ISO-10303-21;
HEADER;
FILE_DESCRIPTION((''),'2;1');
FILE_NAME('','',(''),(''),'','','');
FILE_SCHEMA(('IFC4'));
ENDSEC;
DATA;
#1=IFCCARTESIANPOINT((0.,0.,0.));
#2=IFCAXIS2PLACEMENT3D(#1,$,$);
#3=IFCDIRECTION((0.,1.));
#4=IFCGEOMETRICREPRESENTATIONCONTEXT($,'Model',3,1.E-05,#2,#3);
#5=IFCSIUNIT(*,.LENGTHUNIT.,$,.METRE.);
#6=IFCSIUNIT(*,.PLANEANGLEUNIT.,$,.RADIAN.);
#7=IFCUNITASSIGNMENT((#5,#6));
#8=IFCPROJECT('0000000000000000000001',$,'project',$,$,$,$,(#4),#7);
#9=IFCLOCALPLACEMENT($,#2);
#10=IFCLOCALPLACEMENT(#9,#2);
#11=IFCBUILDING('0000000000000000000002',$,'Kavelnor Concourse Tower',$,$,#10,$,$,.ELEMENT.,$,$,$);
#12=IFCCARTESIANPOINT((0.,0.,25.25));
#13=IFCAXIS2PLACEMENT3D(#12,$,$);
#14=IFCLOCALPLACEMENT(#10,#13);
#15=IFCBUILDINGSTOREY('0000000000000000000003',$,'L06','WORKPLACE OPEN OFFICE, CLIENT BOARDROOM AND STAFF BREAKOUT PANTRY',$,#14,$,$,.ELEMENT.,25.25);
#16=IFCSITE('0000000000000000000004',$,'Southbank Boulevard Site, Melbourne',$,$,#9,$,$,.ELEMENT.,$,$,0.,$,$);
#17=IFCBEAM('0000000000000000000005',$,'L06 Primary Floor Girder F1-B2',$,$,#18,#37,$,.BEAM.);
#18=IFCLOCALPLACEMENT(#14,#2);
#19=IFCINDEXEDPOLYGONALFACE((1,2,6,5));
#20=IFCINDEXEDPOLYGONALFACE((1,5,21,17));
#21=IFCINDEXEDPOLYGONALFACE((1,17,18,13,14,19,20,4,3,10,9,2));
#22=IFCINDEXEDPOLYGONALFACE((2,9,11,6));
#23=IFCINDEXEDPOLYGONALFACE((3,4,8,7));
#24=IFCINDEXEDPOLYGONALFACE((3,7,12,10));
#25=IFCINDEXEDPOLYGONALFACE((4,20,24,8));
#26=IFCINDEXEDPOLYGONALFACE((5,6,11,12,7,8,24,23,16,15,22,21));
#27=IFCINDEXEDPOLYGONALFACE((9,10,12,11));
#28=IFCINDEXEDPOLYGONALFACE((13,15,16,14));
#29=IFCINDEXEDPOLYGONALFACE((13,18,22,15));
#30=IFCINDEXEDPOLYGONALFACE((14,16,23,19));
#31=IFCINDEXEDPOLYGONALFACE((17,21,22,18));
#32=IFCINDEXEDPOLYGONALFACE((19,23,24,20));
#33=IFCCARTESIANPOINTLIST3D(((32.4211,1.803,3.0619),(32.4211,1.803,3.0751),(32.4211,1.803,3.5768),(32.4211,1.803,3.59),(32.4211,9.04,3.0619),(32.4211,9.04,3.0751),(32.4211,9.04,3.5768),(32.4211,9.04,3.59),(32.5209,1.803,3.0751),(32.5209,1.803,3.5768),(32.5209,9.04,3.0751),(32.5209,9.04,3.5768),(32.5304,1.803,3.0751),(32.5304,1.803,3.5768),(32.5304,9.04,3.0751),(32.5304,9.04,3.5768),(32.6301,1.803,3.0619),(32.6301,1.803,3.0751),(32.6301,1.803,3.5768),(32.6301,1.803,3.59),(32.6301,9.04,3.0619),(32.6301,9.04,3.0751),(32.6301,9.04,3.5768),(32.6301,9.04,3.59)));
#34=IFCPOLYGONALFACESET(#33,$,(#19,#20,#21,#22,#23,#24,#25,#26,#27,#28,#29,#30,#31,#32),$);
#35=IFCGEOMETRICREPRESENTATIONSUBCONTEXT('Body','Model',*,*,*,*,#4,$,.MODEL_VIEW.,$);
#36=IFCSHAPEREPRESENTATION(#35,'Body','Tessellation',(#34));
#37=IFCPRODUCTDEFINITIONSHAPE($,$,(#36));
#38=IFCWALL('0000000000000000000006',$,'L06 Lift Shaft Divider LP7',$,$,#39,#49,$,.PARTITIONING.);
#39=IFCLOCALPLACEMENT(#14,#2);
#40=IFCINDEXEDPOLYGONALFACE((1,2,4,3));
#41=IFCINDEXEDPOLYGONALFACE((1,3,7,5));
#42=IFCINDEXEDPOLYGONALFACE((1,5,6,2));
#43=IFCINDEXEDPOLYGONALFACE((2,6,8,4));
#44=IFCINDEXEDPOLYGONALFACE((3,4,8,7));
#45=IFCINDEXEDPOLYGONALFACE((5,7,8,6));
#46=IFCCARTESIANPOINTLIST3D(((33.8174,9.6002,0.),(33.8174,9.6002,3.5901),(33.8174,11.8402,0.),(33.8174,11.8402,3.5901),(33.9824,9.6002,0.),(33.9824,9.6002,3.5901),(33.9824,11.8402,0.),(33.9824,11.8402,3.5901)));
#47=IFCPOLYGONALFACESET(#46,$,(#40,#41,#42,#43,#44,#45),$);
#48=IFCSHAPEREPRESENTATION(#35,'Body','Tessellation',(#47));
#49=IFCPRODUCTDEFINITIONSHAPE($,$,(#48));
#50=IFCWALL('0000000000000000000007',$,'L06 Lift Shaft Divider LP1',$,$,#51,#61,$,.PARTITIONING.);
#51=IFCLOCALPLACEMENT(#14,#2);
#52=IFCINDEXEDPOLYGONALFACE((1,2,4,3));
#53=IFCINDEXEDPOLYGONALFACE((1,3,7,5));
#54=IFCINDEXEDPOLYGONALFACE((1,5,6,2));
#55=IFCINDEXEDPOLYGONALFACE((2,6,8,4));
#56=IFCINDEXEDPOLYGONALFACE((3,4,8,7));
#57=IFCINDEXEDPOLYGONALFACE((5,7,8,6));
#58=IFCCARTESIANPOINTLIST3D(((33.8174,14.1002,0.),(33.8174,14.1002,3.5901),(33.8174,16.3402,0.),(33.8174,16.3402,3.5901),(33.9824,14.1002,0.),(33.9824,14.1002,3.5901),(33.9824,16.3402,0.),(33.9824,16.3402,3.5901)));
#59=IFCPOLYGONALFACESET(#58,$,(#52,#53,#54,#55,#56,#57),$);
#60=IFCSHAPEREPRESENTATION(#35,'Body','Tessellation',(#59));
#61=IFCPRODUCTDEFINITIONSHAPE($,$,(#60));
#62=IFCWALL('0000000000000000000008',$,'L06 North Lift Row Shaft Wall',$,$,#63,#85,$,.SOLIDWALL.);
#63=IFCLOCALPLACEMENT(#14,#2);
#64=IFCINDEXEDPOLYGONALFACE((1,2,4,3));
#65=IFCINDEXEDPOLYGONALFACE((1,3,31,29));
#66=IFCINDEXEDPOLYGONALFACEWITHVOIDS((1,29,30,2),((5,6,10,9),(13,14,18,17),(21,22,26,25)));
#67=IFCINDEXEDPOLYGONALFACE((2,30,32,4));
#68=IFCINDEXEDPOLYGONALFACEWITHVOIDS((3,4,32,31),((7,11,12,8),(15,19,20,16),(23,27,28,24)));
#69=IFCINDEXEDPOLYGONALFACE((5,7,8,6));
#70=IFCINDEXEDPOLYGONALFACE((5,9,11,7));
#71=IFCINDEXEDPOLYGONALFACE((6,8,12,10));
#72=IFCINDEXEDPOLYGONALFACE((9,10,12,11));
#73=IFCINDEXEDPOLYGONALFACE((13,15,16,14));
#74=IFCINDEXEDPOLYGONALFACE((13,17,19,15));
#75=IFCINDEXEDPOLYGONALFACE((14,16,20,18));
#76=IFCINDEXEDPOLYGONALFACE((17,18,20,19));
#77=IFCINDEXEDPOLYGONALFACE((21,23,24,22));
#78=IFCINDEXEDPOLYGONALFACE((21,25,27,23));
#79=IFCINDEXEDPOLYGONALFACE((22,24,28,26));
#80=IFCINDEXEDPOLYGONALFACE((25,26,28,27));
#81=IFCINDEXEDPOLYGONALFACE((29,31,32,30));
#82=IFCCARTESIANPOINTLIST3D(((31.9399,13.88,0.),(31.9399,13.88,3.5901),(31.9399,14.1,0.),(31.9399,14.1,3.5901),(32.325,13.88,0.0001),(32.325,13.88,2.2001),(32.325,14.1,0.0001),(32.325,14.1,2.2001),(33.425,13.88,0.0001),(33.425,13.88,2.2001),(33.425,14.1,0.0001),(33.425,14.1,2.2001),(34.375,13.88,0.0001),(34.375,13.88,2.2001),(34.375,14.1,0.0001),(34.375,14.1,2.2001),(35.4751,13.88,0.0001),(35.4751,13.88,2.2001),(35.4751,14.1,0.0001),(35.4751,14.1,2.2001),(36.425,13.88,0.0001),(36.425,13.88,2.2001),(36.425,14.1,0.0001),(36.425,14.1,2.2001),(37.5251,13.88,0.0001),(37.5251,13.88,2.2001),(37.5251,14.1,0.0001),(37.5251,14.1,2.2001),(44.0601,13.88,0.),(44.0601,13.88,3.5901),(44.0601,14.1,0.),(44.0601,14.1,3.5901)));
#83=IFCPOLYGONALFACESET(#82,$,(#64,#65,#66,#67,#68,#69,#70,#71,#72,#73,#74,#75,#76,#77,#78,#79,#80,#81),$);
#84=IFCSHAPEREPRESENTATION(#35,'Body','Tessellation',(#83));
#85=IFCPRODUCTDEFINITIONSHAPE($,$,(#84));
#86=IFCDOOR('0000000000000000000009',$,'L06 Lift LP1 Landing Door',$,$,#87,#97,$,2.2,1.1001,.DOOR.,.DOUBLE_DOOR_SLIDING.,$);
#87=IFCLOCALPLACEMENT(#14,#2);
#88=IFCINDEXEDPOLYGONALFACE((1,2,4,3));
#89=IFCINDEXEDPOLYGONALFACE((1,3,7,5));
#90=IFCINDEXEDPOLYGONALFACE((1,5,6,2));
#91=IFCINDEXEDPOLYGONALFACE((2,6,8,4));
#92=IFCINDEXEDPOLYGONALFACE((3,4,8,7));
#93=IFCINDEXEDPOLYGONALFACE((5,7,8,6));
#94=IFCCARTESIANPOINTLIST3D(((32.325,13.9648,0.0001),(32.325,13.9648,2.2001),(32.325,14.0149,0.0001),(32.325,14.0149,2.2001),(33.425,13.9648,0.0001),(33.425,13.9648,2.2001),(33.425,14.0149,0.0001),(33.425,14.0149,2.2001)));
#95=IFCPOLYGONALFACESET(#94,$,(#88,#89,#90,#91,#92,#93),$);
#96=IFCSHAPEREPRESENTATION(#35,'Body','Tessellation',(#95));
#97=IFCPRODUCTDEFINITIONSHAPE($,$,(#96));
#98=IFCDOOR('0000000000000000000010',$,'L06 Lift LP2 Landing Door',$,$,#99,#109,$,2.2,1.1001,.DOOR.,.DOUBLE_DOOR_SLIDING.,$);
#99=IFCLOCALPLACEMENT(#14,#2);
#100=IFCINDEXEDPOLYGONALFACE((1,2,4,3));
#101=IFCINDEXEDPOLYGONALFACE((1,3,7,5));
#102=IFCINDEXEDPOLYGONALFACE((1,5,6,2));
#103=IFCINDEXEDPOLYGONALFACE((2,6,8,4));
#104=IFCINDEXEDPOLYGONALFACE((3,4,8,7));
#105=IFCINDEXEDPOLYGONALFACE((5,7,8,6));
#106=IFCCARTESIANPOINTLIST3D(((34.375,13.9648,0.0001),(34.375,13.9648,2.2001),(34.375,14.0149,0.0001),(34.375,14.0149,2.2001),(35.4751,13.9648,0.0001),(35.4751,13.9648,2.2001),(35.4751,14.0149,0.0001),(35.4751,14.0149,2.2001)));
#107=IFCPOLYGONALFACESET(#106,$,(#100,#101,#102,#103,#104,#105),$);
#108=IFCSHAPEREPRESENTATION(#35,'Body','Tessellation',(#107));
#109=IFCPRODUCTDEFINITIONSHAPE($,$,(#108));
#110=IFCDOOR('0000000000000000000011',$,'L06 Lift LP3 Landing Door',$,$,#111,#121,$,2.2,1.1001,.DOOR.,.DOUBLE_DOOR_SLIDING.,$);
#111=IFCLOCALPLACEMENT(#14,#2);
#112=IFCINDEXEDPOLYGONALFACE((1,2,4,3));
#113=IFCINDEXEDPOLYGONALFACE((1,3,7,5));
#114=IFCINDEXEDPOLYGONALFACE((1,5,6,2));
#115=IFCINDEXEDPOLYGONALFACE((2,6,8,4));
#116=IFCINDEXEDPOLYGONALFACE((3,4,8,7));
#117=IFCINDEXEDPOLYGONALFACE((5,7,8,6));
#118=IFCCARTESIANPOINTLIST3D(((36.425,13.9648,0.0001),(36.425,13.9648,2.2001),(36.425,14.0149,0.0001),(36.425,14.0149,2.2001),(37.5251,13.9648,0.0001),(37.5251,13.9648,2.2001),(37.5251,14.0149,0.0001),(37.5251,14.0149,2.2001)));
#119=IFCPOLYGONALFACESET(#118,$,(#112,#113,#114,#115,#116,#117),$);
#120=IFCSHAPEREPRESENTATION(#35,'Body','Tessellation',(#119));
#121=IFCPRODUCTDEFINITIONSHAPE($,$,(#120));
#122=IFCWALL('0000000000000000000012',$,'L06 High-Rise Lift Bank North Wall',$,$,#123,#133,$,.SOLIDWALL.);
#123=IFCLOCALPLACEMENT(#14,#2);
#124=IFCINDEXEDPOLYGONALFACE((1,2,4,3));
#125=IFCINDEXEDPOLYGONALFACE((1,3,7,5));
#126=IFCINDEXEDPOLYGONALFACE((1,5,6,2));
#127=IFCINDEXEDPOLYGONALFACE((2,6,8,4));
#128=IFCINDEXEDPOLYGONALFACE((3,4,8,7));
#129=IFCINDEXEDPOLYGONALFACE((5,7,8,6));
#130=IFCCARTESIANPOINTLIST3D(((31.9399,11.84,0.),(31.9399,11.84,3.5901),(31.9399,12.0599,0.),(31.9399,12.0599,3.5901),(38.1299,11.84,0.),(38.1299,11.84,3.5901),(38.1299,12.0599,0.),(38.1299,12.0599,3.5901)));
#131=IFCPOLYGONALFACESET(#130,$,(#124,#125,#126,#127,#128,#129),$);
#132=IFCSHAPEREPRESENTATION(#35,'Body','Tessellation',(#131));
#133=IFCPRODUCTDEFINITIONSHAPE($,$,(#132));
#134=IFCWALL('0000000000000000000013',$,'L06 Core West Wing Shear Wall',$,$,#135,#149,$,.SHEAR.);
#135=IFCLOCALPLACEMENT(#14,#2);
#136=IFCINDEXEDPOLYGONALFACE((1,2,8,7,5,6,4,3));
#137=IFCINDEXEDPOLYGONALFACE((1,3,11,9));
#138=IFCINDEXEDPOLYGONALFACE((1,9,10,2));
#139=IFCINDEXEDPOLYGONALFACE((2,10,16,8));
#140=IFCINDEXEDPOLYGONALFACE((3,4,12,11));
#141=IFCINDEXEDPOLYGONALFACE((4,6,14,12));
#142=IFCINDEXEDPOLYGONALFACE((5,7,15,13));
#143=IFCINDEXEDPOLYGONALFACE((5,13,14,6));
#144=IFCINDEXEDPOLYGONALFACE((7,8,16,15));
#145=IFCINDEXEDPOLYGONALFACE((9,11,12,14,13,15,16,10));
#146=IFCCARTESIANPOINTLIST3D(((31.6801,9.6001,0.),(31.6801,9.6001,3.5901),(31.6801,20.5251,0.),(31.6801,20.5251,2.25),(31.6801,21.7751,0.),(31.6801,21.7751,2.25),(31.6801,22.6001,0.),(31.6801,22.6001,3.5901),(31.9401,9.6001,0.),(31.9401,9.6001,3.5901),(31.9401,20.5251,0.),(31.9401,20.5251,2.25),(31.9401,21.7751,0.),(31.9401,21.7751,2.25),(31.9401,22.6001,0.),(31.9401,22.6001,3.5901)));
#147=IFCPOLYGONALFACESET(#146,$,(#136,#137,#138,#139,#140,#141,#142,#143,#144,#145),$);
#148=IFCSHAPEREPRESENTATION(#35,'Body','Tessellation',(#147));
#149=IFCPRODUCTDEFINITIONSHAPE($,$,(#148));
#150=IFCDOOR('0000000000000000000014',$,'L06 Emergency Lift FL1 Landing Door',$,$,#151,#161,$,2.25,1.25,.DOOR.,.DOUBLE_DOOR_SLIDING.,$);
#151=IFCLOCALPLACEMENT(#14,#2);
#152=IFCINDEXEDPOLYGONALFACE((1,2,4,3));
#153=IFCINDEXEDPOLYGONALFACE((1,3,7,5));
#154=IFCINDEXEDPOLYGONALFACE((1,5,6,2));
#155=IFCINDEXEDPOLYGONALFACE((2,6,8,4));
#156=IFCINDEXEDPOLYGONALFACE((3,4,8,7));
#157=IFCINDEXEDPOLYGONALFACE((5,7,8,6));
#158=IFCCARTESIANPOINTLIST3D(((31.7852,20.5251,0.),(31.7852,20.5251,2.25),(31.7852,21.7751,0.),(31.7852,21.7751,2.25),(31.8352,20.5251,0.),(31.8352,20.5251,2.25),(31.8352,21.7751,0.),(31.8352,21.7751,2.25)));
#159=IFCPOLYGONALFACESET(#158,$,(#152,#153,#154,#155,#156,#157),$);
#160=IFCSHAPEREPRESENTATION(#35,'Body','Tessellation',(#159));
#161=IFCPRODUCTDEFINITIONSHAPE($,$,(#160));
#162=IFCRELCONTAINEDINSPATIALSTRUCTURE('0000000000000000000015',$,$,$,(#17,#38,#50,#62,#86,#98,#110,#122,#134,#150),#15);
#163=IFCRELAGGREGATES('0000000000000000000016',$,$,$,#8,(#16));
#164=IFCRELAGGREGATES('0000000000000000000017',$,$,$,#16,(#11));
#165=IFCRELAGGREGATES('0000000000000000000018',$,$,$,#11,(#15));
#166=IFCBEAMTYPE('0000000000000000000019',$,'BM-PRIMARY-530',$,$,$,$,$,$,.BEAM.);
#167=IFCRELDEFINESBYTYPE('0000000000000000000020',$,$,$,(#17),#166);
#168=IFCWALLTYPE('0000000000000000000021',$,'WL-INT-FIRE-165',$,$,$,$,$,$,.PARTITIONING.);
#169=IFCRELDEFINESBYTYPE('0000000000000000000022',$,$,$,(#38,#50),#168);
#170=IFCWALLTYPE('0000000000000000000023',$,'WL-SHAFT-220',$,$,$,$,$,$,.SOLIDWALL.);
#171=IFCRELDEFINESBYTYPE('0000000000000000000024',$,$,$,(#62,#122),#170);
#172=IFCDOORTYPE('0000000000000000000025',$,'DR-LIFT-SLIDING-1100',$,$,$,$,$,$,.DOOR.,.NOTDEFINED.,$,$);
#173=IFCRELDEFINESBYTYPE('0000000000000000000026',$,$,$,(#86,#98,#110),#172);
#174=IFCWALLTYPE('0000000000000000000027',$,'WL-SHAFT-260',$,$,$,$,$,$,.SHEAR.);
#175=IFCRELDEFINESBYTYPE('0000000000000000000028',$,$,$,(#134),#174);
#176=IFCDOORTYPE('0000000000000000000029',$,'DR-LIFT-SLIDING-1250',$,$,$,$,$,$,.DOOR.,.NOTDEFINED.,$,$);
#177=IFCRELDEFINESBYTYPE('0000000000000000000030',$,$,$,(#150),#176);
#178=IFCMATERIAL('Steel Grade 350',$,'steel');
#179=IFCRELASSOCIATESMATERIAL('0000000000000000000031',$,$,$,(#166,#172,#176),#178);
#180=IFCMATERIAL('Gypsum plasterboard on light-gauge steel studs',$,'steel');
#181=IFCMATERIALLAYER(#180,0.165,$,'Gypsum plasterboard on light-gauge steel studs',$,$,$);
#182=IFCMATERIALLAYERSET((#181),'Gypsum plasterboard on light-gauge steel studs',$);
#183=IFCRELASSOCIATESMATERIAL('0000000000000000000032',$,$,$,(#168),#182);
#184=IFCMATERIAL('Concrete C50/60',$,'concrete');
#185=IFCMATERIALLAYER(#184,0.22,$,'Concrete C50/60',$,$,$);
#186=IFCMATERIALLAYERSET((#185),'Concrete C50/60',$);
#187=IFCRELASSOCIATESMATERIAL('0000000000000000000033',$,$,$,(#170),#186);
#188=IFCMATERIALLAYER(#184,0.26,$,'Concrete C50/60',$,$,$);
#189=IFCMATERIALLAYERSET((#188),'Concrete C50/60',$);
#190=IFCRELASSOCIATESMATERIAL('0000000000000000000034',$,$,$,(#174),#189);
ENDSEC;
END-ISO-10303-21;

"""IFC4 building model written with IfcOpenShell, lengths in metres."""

from ifc_helpers import new_model, si_unit, direction, frame, frame_2d, origin, origin_2d, place, context, subcontext, project, spatial, rectangle, i_section, extrude, material, layer, layer_set, material_profile, profile_set, type_object, element, fill, save


model = new_model("IFC4")

# Units and contexts
model_context = context("Model", 3, precision=1e-05, world=origin(), true_north=direction((0.0, 1.0)))
body_context = subcontext(model_context, "Body", "Model", "MODEL_VIEW")
ifc_project = project(units=[si_unit("LENGTHUNIT", "METRE"), si_unit("PLANEANGLEUNIT", "RADIAN")], contexts=[model_context])

# Site, building, storey
site_placement = place(None, origin())
site = spatial("IfcSite", under=ifc_project, at=site_placement, Name="Southbank Boulevard Site, Melbourne", CompositionType="ELEMENT", RefElevation=0.0)
building_placement = place(site_placement, origin())
building = spatial("IfcBuilding", under=site, at=building_placement, Name="Kavelnor Concourse Tower", CompositionType="ELEMENT")
storey_placement = place(building_placement, frame((0.0, 0.0, 25.25)))
storey = spatial("IfcBuildingStorey", under=building, at=storey_placement, Name="L06", Description="WORKPLACE OPEN OFFICE, CLIENT BOARDROOM AND STAFF BREAKOUT PANTRY", CompositionType="ELEMENT", Elevation=25.25)

# Beam
ifc_material_1 = material(Name="Steel Grade 350", Category="steel")
ifc_material_profile = material_profile(ifc_material_1, i_section(OverallWidth=0.209, OverallDepth=0.5281, WebThickness=0.0095, FlangeThickness=0.0132, at=origin_2d()), Name="530UB82")
ifc_profile_set = profile_set([ifc_material_profile], Name="Steel Grade 350")
beam_type = type_object("IfcBeamType", Name="BM-PRIMARY-530", PredefinedType="BEAM", material=ifc_profile_set)
beam_placement = place(storey_placement, frame((32.5256, 9.04, 3.3259), z_axis=(0.0, -1.0, 0.0), x_axis=(1.0, 0.0, 0.0)))
element("IfcBeam", 1, at=beam_placement, inside=storey, type_object=beam_type, Name="L06 Primary Floor Girder F1-B2", PredefinedType="BEAM", context=body_context, shape_type="SweptSolid", body=[
    extrude(i_section(OverallWidth=0.209, OverallDepth=0.5281, WebThickness=0.0095, FlangeThickness=0.0132, at=origin_2d()), origin(), (0.0, 0.0, 1.0), 7.2371),
])

# Walls
ifc_material_2 = material(Name="Gypsum plasterboard on light-gauge steel studs", Category="steel")
ifc_layer_1 = layer(ifc_material_2, 0.165, Name="Gypsum plasterboard on light-gauge steel studs")
ifc_layer_set_1 = layer_set([ifc_layer_1], Name="Gypsum plasterboard on light-gauge steel studs")
wall_type_1 = type_object("IfcWallType", Name="WL-INT-FIRE-165", PredefinedType="PARTITIONING", material=ifc_layer_set_1)
for number, where, z_axis, x_axis, name in (
    (2, (33.8999, 9.6001, 0.0), (0.0, 0.0, 1.0), (0.0, 1.0, 0.0), "L06 Lift Shaft Divider LP7"),
    (3, (33.8999, 14.1001, 0.0), (0.0, 0.0, 1.0), (0.0, 1.0, 0.0), "L06 Lift Shaft Divider LP1"),
):
    element("IfcWall", number, at=place(storey_placement, frame(where, z_axis=z_axis, x_axis=x_axis)), inside=storey, type_object=wall_type_1, Name=name, PredefinedType="PARTITIONING", context=body_context, shape_type="SweptSolid", body=[
        extrude(rectangle(XDim=2.24, YDim=0.165, at=frame_2d((1.1201, 0.0))), origin(), (0.0, 0.0, 1.0), 3.5901),
    ])

# Wall, openings, doors
ifc_material_3 = material(Name="Concrete C50/60", Category="concrete")
ifc_layer_2 = layer(ifc_material_3, 0.22, Name="Concrete C50/60")
ifc_layer_set_2 = layer_set([ifc_layer_2], Name="Concrete C50/60")
wall_type_2 = type_object("IfcWallType", Name="WL-SHAFT-220", PredefinedType="SOLIDWALL", material=ifc_layer_set_2)
wall_1_placement = place(storey_placement, frame((31.9399, 13.99, 0.0), z_axis=(0.0, 0.0, 1.0), x_axis=(1.0, 0.0, 0.0)))
wall_1 = element("IfcWall", 4, at=wall_1_placement, inside=storey, type_object=wall_type_2, Name="L06 North Lift Row Shaft Wall", PredefinedType="SOLIDWALL", context=body_context, shape_type="SweptSolid", body=[
    extrude(rectangle(XDim=12.1201, YDim=0.22, at=frame_2d((6.0601, 0.0))), origin(), (0.0, 0.0, 1.0), 3.5901),
])
opening_1_placement = place(wall_1_placement, frame((0.385, 0.0, 0.0)))
opening_1 = element("IfcOpeningElement", 5, at=opening_1_placement, cuts=wall_1, PredefinedType="OPENING", context=body_context, shape_type="SweptSolid", body=[
    extrude(rectangle(XDim=1.1001, YDim=2.2, at=frame_2d((0.55, 1.1001))), frame((0.0, 0.1201, 0.0), z_axis=(0.0, -1.0, 0.0), x_axis=(1.0, 0.0, 0.0)), (0.0, 0.0, 1.0), 0.24),
])
opening_2_placement = place(wall_1_placement, frame((2.4351, 0.0, 0.0)))
opening_2 = element("IfcOpeningElement", 6, at=opening_2_placement, cuts=wall_1, PredefinedType="OPENING", context=body_context, shape_type="SweptSolid", body=[
    extrude(rectangle(XDim=1.1001, YDim=2.2, at=frame_2d((0.55, 1.1001))), frame((0.0, 0.1201, 0.0), z_axis=(0.0, -1.0, 0.0), x_axis=(1.0, 0.0, 0.0)), (0.0, 0.0, 1.0), 0.24),
])
opening_3_placement = place(wall_1_placement, frame((4.4851, 0.0, 0.0)))
opening_3 = element("IfcOpeningElement", 7, at=opening_3_placement, cuts=wall_1, PredefinedType="OPENING", context=body_context, shape_type="SweptSolid", body=[
    extrude(rectangle(XDim=1.1001, YDim=2.2, at=frame_2d((0.55, 1.1001))), frame((0.0, 0.1201, 0.0), z_axis=(0.0, -1.0, 0.0), x_axis=(1.0, 0.0, 0.0)), (0.0, 0.0, 1.0), 0.24),
])
door_type_1 = type_object("IfcDoorType", Name="DR-LIFT-SLIDING-1100", OperationType="NOTDEFINED", PredefinedType="DOOR", material=ifc_material_1)
door_1_placement = place(opening_1_placement, origin())
door_1 = element("IfcDoor", 8, at=door_1_placement, inside=storey, type_object=door_type_1, Name="L06 Lift LP1 Landing Door", OperationType="DOUBLE_DOOR_SLIDING", OverallHeight=2.2, OverallWidth=1.1001, PredefinedType="DOOR", context=body_context, shape_type="SweptSolid", body=[
    extrude(rectangle(XDim=1.1001, YDim=2.2, at=frame_2d((0.55, 1.1001))), frame((0.0, 0.0249, 0.0), z_axis=(0.0, -1.0, 0.0), x_axis=(1.0, 0.0, 0.0)), (0.0, 0.0, 1.0), 0.05),
])
fill(opening_1, door_1)
door_2_placement = place(opening_2_placement, origin())
door_2 = element("IfcDoor", 9, at=door_2_placement, inside=storey, type_object=door_type_1, Name="L06 Lift LP2 Landing Door", OperationType="DOUBLE_DOOR_SLIDING", OverallHeight=2.2, OverallWidth=1.1001, PredefinedType="DOOR", context=body_context, shape_type="SweptSolid", body=[
    extrude(rectangle(XDim=1.1001, YDim=2.2, at=frame_2d((0.55, 1.1001))), frame((0.0, 0.0249, 0.0), z_axis=(0.0, -1.0, 0.0), x_axis=(1.0, 0.0, 0.0)), (0.0, 0.0, 1.0), 0.05),
])
fill(opening_2, door_2)
door_3_placement = place(opening_3_placement, origin())
door_3 = element("IfcDoor", 10, at=door_3_placement, inside=storey, type_object=door_type_1, Name="L06 Lift LP3 Landing Door", OperationType="DOUBLE_DOOR_SLIDING", OverallHeight=2.2, OverallWidth=1.1001, PredefinedType="DOOR", context=body_context, shape_type="SweptSolid", body=[
    extrude(rectangle(XDim=1.1001, YDim=2.2, at=frame_2d((0.55, 1.1001))), frame((0.0, 0.0249, 0.0), z_axis=(0.0, -1.0, 0.0), x_axis=(1.0, 0.0, 0.0)), (0.0, 0.0, 1.0), 0.05),
])
fill(opening_3, door_3)

# Wall
wall_2_placement = place(storey_placement, frame((31.9399, 11.95, 0.0), z_axis=(0.0, 0.0, 1.0), x_axis=(1.0, 0.0, 0.0)))
element("IfcWall", 11, at=wall_2_placement, inside=storey, type_object=wall_type_2, Name="L06 High-Rise Lift Bank North Wall", PredefinedType="SOLIDWALL", context=body_context, shape_type="SweptSolid", body=[
    extrude(rectangle(XDim=6.1899, YDim=0.22, at=frame_2d((3.095, 0.0))), origin(), (0.0, 0.0, 1.0), 3.5901),
])

# Wall, opening, door
ifc_layer_3 = layer(ifc_material_3, 0.26, Name="Concrete C50/60")
ifc_layer_set_3 = layer_set([ifc_layer_3], Name="Concrete C50/60")
wall_type_3 = type_object("IfcWallType", Name="WL-SHAFT-260", PredefinedType="SHEAR", material=ifc_layer_set_3)
wall_3_placement = place(storey_placement, frame((31.8101, 9.6001, 0.0), z_axis=(0.0, 0.0, 1.0), x_axis=(0.0, 1.0, 0.0)))
wall_3 = element("IfcWall", 12, at=wall_3_placement, inside=storey, type_object=wall_type_3, Name="L06 Core West Wing Shear Wall", PredefinedType="SHEAR", context=body_context, shape_type="SweptSolid", body=[
    extrude(rectangle(XDim=13.0, YDim=0.26, at=frame_2d((6.5, 0.0))), origin(), (0.0, 0.0, 1.0), 3.5901),
])
opening_4_placement = place(wall_3_placement, frame((10.925, 0.0, 0.0)))
opening_4 = element("IfcOpeningElement", 13, at=opening_4_placement, cuts=wall_3, PredefinedType="OPENING", context=body_context, shape_type="SweptSolid", body=[
    extrude(rectangle(XDim=1.25, YDim=2.25, at=frame_2d((0.625, 1.125))), frame((0.0, 0.1401, 0.0), z_axis=(0.0, -1.0, 0.0), x_axis=(1.0, 0.0, 0.0)), (0.0, 0.0, 1.0), 0.28),
])
door_type_2 = type_object("IfcDoorType", Name="DR-LIFT-SLIDING-1250", OperationType="NOTDEFINED", PredefinedType="DOOR", material=ifc_material_1)
door_4_placement = place(opening_4_placement, origin())
door_4 = element("IfcDoor", 14, at=door_4_placement, inside=storey, type_object=door_type_2, Name="L06 Emergency Lift FL1 Landing Door", OperationType="DOUBLE_DOOR_SLIDING", OverallHeight=2.25, OverallWidth=1.25, PredefinedType="DOOR", context=body_context, shape_type="SweptSolid", body=[
    extrude(rectangle(XDim=1.25, YDim=2.25, at=frame_2d((0.625, 1.125))), frame((0.0, 0.0249, 0.0), z_axis=(0.0, -1.0, 0.0), x_axis=(1.0, 0.0, 0.0)), (0.0, 0.0, 1.0), 0.05),
])
fill(opening_4, door_4)

save(model, "model.ifc")
